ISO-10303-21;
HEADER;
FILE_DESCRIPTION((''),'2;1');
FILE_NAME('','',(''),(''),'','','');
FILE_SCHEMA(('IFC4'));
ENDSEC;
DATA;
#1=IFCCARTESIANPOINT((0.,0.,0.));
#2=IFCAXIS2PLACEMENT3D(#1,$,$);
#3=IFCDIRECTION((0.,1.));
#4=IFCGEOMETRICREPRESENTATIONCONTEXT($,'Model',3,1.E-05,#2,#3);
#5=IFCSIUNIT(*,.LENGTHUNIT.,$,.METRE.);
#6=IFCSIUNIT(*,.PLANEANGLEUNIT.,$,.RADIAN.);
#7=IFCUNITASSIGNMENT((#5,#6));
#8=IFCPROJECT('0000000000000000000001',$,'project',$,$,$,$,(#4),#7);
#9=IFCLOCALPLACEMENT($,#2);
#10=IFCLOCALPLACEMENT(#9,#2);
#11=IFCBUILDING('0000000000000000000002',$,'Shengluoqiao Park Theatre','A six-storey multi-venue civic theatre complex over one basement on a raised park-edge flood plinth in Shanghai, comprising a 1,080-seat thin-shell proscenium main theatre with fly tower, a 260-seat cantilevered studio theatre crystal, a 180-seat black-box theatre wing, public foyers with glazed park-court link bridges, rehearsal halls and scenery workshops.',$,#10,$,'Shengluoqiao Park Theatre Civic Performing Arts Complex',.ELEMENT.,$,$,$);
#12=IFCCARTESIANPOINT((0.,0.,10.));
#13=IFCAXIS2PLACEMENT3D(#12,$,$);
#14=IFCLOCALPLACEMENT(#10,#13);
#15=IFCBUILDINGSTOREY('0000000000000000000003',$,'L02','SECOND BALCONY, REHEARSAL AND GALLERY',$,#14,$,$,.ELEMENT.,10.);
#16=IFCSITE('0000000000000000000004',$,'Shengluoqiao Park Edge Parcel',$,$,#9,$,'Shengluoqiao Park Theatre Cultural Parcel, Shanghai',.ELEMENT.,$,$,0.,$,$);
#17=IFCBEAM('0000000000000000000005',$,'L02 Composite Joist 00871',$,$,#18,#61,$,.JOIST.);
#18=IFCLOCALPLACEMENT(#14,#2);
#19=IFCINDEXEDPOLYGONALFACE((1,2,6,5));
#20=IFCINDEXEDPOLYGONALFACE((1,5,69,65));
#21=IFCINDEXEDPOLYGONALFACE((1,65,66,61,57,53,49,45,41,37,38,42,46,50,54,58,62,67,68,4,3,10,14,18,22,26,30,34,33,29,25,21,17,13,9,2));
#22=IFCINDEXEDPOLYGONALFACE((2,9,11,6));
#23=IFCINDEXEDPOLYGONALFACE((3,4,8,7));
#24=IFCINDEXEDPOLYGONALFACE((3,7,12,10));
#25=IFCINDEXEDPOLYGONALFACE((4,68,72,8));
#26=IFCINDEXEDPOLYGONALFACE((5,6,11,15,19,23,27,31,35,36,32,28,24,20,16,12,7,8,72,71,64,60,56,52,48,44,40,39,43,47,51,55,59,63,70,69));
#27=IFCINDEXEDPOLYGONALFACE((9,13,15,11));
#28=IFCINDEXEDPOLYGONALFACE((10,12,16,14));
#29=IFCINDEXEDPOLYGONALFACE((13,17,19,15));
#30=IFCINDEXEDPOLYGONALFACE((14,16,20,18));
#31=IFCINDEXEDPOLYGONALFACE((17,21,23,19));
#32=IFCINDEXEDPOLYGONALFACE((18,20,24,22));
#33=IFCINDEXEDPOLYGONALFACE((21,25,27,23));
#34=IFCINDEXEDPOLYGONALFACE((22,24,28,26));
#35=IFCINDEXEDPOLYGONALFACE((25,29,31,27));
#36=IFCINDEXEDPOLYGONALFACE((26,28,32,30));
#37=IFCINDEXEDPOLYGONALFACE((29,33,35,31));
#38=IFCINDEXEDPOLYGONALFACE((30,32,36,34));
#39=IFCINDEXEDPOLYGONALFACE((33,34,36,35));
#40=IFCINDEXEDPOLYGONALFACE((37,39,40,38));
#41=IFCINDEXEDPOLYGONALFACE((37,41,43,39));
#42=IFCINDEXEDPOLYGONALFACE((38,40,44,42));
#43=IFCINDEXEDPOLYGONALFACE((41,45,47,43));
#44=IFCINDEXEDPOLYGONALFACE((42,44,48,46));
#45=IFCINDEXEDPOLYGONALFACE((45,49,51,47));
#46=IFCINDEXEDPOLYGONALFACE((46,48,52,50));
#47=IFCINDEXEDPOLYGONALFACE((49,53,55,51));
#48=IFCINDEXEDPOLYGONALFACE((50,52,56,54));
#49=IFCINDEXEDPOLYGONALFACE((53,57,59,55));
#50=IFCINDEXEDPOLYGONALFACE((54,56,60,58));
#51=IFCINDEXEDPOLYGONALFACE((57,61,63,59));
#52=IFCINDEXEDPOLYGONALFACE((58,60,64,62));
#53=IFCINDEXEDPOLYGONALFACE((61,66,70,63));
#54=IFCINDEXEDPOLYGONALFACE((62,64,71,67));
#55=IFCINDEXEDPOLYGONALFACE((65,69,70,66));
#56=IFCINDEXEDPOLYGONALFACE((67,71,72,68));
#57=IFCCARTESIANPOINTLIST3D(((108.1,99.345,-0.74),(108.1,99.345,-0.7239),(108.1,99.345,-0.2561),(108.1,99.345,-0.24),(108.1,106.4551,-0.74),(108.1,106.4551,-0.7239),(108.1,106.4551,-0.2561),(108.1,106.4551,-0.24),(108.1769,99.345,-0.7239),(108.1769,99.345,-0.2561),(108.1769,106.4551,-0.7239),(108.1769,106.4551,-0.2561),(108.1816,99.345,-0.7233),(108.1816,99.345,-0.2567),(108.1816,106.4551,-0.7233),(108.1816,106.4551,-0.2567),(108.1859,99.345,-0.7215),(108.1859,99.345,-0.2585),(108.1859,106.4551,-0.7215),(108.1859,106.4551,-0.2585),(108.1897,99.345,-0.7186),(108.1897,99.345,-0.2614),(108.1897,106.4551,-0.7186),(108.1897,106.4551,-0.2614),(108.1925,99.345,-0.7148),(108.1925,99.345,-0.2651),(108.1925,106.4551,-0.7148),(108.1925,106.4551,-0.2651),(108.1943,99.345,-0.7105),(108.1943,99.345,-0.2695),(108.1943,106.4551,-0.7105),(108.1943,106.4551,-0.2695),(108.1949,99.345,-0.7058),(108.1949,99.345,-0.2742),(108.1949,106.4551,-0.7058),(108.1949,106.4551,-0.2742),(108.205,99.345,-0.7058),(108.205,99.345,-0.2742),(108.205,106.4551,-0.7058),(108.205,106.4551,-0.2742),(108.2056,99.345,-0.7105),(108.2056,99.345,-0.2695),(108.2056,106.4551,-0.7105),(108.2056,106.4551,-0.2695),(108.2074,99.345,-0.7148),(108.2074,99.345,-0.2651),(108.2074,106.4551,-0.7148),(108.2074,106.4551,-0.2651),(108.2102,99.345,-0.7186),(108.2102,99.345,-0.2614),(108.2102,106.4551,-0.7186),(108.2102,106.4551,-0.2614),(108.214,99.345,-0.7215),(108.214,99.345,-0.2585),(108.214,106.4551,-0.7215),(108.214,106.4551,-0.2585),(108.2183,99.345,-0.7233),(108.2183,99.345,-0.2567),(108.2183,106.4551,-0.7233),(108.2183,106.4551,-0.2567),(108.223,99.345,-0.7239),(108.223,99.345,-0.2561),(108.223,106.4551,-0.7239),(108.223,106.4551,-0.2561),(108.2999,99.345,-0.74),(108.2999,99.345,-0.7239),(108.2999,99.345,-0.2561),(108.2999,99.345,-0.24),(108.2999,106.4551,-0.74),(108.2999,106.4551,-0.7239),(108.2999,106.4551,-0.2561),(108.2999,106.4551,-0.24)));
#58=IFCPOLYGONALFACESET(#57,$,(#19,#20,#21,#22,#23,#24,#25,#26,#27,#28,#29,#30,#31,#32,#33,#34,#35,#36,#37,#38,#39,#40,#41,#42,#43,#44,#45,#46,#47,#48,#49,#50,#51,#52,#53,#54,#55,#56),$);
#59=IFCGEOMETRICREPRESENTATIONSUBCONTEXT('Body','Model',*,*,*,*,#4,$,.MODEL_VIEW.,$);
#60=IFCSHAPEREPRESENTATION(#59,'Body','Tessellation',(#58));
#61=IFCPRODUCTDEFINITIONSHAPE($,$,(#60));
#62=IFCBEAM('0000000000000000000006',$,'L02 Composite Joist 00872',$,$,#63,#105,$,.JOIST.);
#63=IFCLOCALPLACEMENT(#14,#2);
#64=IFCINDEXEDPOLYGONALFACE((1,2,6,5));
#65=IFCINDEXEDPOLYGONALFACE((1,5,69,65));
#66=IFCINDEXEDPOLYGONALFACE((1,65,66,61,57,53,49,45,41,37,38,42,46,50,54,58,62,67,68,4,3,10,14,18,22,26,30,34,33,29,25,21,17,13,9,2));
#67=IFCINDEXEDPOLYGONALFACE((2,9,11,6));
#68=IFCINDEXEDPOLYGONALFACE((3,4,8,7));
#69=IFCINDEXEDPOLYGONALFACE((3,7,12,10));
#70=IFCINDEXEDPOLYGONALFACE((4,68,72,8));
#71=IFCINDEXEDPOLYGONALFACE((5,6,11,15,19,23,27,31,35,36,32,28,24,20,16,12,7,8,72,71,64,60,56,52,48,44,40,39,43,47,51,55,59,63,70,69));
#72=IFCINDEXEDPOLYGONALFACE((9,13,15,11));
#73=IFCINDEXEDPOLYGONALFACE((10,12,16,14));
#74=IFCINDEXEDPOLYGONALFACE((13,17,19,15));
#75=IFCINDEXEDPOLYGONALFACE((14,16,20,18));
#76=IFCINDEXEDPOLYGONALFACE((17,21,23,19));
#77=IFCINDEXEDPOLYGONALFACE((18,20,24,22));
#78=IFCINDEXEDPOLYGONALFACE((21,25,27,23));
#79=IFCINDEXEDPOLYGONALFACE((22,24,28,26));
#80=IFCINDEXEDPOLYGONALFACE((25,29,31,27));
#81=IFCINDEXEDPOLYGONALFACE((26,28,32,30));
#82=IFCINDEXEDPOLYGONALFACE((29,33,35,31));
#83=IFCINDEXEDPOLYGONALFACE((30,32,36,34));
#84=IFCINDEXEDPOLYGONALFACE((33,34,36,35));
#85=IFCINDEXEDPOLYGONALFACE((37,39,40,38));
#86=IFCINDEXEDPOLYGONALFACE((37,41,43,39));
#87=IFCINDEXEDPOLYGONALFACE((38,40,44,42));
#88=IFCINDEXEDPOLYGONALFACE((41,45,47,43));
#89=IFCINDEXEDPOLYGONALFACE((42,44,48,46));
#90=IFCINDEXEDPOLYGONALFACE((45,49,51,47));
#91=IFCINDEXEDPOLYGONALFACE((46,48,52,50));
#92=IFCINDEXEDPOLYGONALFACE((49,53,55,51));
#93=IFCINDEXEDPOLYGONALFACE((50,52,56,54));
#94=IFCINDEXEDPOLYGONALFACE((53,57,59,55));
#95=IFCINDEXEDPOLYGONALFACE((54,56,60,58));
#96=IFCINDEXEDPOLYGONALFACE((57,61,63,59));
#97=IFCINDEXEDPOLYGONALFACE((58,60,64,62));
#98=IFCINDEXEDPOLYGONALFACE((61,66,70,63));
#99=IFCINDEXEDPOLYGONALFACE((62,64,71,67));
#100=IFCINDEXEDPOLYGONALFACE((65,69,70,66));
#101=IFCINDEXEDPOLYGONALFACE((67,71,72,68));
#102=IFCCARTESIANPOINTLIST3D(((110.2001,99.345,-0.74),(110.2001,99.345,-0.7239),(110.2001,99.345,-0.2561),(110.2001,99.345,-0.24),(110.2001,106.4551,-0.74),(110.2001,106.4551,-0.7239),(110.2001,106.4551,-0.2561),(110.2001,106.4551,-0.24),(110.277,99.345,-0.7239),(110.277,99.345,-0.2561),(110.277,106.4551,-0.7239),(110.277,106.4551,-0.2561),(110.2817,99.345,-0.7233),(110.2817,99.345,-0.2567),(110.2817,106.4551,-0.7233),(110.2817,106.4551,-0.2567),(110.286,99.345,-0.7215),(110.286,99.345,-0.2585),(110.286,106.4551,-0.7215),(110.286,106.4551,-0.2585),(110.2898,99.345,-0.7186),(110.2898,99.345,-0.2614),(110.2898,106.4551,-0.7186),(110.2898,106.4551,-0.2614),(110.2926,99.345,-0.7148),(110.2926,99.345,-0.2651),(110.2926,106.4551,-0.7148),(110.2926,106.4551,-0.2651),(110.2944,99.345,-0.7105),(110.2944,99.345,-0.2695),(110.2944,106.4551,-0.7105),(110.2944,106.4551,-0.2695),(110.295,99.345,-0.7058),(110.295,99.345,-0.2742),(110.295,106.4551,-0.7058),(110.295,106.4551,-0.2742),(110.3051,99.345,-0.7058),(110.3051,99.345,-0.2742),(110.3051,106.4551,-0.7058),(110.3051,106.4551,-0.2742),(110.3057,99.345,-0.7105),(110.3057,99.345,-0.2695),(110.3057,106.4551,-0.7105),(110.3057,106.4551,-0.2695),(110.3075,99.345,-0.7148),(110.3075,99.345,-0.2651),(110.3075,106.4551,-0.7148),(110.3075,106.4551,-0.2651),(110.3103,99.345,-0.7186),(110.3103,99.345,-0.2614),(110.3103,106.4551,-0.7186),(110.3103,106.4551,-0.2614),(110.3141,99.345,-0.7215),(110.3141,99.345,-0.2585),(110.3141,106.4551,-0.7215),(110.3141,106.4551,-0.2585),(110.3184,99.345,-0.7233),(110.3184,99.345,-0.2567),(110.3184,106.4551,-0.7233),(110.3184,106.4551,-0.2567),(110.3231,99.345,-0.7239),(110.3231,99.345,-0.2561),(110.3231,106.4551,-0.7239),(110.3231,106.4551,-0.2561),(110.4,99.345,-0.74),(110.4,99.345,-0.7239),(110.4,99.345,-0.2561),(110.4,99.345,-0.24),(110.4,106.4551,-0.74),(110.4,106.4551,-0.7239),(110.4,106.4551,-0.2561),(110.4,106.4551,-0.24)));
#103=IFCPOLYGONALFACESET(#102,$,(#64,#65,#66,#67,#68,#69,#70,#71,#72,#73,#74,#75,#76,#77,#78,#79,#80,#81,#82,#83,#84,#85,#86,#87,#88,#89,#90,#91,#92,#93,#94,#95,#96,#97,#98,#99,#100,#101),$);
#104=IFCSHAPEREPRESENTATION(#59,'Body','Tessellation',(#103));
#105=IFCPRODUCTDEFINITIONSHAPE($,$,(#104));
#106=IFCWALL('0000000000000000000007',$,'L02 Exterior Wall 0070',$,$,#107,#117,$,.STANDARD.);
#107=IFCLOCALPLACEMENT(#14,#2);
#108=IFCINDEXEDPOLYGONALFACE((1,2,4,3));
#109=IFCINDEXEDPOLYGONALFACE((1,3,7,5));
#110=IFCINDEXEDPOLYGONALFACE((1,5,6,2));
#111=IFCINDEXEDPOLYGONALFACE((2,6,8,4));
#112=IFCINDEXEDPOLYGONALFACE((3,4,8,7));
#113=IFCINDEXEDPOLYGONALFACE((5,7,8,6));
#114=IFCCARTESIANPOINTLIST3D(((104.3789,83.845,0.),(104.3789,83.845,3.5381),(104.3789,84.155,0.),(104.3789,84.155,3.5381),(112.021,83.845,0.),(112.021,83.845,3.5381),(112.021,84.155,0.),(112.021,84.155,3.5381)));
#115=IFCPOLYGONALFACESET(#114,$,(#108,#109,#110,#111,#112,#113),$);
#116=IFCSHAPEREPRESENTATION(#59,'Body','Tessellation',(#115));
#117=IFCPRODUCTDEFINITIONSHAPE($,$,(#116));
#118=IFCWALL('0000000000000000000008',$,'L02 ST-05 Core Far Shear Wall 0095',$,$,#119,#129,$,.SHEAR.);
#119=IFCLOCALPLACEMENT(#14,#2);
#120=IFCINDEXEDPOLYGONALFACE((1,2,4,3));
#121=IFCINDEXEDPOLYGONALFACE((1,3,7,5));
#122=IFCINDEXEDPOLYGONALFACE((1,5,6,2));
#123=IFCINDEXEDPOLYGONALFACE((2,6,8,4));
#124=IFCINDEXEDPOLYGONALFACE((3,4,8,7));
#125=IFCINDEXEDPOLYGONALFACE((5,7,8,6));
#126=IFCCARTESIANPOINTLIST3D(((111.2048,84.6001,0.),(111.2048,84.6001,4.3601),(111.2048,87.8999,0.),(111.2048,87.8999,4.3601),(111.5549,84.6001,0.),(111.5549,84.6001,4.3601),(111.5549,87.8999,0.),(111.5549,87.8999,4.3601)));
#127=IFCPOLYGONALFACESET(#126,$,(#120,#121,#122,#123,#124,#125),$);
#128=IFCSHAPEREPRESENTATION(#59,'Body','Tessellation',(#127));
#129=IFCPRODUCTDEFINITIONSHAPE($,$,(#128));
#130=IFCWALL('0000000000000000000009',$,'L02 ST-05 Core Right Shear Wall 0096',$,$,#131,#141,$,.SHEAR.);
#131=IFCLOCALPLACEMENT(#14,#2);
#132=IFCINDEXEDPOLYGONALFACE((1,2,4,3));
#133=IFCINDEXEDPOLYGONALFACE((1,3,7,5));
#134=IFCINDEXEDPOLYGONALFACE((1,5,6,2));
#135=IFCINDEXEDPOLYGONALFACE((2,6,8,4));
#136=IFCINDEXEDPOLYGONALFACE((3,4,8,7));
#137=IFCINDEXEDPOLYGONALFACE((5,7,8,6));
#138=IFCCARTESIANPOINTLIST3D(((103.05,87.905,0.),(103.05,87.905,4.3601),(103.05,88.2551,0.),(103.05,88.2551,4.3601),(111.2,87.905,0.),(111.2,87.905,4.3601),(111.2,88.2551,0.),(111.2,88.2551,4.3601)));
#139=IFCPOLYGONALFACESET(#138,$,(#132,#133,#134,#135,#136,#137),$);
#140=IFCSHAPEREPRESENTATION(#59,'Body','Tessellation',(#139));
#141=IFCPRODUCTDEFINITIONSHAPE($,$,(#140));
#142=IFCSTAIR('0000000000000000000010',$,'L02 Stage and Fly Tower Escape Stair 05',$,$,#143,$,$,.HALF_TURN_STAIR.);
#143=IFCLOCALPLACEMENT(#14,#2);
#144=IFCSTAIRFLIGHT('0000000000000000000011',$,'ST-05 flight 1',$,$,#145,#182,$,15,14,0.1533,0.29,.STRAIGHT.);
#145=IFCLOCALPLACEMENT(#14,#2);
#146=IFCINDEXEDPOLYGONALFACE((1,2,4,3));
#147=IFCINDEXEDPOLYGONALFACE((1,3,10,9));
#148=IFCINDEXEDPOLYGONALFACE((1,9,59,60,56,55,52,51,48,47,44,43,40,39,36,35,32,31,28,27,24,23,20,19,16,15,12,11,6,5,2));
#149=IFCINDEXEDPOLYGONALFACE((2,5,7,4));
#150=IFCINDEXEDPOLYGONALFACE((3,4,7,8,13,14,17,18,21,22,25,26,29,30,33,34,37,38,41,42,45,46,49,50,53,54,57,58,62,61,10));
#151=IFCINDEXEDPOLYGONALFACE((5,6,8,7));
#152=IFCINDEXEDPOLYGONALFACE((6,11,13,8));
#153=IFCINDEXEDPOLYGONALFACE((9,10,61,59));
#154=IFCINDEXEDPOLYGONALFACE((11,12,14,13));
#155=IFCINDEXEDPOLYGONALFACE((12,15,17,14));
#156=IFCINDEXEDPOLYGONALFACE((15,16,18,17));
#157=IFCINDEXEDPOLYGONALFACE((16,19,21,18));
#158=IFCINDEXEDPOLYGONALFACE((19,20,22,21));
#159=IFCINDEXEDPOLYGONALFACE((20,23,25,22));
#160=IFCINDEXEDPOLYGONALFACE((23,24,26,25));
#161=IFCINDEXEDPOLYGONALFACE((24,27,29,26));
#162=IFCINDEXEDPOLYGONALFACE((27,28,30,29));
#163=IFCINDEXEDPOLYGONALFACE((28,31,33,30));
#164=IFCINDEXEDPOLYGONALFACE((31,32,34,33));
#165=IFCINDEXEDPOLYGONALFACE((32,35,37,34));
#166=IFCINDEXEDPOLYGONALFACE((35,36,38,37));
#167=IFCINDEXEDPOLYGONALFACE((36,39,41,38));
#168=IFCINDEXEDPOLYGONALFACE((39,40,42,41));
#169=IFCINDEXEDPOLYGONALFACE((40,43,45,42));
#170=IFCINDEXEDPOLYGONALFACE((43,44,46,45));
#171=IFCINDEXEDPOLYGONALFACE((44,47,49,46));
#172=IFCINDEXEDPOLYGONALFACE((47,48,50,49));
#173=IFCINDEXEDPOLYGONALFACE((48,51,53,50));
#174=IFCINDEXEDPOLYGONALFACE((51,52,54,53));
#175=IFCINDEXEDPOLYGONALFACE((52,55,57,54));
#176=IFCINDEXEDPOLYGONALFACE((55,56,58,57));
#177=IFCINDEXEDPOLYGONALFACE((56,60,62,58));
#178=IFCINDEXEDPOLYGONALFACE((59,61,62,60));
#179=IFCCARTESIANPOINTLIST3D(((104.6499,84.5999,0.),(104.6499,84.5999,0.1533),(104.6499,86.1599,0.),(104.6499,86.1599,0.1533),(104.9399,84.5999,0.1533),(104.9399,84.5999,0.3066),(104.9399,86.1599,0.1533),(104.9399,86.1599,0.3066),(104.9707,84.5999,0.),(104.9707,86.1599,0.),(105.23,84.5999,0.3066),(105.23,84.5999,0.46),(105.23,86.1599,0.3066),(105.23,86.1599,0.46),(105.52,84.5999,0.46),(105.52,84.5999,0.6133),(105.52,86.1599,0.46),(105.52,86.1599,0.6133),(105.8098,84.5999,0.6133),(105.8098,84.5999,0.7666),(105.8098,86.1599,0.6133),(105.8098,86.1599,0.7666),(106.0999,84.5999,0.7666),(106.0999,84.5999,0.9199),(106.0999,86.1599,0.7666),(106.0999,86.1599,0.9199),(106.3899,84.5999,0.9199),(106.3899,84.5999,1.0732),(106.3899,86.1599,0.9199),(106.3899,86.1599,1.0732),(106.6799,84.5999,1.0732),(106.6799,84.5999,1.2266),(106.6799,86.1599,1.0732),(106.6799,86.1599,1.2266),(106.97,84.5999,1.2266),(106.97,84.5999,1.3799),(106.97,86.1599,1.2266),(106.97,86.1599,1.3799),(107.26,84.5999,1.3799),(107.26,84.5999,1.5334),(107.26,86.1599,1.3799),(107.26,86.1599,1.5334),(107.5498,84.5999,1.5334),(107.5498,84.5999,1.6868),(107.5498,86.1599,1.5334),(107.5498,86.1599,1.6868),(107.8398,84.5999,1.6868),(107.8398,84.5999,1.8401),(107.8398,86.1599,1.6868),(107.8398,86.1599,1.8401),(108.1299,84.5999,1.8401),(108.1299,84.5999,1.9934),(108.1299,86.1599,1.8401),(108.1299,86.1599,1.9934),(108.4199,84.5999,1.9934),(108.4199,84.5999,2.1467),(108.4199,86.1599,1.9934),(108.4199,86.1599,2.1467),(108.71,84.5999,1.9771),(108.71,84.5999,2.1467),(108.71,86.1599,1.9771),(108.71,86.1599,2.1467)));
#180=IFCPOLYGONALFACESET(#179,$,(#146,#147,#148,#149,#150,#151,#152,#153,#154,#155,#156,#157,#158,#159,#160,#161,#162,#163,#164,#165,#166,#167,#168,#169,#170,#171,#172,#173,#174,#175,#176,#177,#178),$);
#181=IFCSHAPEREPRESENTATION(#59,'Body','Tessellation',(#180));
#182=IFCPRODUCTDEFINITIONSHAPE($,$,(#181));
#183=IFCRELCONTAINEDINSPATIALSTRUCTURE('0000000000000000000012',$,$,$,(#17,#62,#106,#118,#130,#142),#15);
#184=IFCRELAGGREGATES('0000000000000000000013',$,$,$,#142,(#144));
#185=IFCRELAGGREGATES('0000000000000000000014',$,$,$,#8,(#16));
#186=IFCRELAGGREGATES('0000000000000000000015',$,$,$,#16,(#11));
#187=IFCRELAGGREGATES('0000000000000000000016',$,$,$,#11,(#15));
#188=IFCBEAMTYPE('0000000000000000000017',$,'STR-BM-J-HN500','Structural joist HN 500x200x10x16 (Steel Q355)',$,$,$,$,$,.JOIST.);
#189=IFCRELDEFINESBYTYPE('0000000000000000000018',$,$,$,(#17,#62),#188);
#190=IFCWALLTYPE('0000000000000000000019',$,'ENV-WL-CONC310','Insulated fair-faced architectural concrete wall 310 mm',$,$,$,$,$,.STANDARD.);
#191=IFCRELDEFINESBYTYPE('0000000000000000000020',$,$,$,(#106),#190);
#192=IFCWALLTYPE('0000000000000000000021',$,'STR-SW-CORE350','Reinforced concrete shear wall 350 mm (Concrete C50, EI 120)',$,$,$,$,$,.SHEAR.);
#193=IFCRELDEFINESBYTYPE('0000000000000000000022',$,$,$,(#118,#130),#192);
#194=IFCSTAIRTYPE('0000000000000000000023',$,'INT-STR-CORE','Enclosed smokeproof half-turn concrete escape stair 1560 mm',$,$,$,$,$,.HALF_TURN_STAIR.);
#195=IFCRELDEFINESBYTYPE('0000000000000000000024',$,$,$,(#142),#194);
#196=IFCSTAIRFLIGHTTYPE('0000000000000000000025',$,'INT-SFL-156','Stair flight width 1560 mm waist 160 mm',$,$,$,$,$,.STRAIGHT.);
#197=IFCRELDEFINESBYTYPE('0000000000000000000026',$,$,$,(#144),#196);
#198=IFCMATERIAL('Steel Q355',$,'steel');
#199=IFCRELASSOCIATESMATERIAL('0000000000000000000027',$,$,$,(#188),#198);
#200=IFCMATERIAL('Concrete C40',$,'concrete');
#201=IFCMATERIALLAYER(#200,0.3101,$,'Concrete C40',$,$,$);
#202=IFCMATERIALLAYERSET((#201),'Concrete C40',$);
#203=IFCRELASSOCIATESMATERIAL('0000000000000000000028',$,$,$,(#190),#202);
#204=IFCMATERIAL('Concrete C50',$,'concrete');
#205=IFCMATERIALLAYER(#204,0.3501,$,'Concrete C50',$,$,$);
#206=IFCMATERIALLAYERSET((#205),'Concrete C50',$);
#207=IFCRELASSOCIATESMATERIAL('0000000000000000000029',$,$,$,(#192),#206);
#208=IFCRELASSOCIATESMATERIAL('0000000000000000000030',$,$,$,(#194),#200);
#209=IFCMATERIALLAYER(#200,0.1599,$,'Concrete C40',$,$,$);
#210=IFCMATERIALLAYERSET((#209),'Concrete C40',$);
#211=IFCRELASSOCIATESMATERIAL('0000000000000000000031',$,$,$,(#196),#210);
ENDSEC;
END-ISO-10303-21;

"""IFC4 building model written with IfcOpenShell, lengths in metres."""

from ifc_helpers import new_model, si_unit, direction, frame, frame_2d, origin, origin_2d, place, context, subcontext, project, spatial, polyline, rectangle, i_section, outline, extrude, material, layer, layer_set, material_profile, profile_set, type_object, element, aggregate, save


model = new_model("IFC4")

# Units and contexts
model_context = context("Model", 3, precision=1e-05, world=origin(), true_north=direction((0.0, 1.0)))
body_context = subcontext(model_context, "Body", "Model", "MODEL_VIEW")
ifc_project = project(units=[si_unit("LENGTHUNIT", "METRE"), si_unit("PLANEANGLEUNIT", "RADIAN")], contexts=[model_context])

# Site, building, storey
site_placement = place(None, origin())
site = spatial("IfcSite", under=ifc_project, at=site_placement, Name="Shengluoqiao Park Edge Parcel", LongName="Shengluoqiao Park Theatre Cultural Parcel, Shanghai", CompositionType="ELEMENT", RefElevation=0.0)
building_placement = place(site_placement, origin())
building = spatial("IfcBuilding", under=site, at=building_placement, Name="Shengluoqiao Park Theatre", Description="A six-storey multi-venue civic theatre complex over one basement on a raised park-edge flood plinth in Shanghai, comprising a 1,080-seat thin-shell proscenium main theatre with fly tower, a 260-seat cantilevered studio theatre crystal, a 180-seat black-box theatre wing, public foyers with glazed park-court link bridges, rehearsal halls and scenery workshops.", LongName="Shengluoqiao Park Theatre Civic Performing Arts Complex", CompositionType="ELEMENT")
storey_placement = place(building_placement, frame((0.0, 0.0, 10.0)))
storey = spatial("IfcBuildingStorey", under=building, at=storey_placement, Name="L02", Description="SECOND BALCONY, REHEARSAL AND GALLERY", CompositionType="ELEMENT", Elevation=10.0)

# Beams
ifc_material_1 = material(Name="Steel Q355", Category="steel")
ifc_material_profile_1 = material_profile(ifc_material_1, i_section(OverallWidth=0.2, OverallDepth=0.5, WebThickness=0.01, FlangeThickness=0.0161, FilletRadius=0.0181, at=origin_2d()), Name="HN 500x200x10x16")
ifc_profile_set_1 = profile_set([ifc_material_profile_1], Name="Steel Q355")
beam_type_1 = type_object("IfcBeamType", Name="STR-BM-J-HN500", Description="Structural joist HN 500x200x10x16 (Steel Q355)", PredefinedType="JOIST", material=ifc_profile_set_1)
for number, where, z_axis, x_axis, name in (
    (1, (108.2, 99.345, -0.49), (0.0, 1.0, 0.0), (-1.0, 0.0, 0.0), "L02 Composite Joist 00871"),
    (2, (110.3, 99.345, -0.49), (0.0, 1.0, 0.0), (-1.0, 0.0, 0.0), "L02 Composite Joist 00872"),
):
    element("IfcBeam", number, at=place(storey_placement, frame(where, z_axis=z_axis, x_axis=x_axis)), inside=storey, type_object=beam_type_1, Name=name, PredefinedType="JOIST", context=body_context, shape_type="SweptSolid", body=[
        extrude(i_section(OverallWidth=0.2, OverallDepth=0.5, WebThickness=0.01, FlangeThickness=0.0161, FilletRadius=0.0181, at=origin_2d()), origin(), (0.0, 0.0, 1.0), 7.1101),
    ])

# Walls
ifc_material_2 = material(Name="Concrete C40", Category="concrete")
ifc_layer_1 = layer(ifc_material_2, 0.3101, Name="Concrete C40")
ifc_layer_set_1 = layer_set([ifc_layer_1], Name="Concrete C40")
wall_type_1 = type_object("IfcWallType", Name="ENV-WL-CONC310", Description="Insulated fair-faced architectural concrete wall 310 mm", PredefinedType="STANDARD", material=ifc_layer_set_1)
wall_1_placement = place(storey_placement, frame((104.3789, 84.0, 0.0), z_axis=(0.0, 0.0, 1.0), x_axis=(1.0, 0.0, 0.0)))
element("IfcWall", 3, at=wall_1_placement, inside=storey, type_object=wall_type_1, Name="L02 Exterior Wall 0070", PredefinedType="STANDARD", context=body_context, shape_type="SweptSolid", body=[
    extrude(rectangle(XDim=7.6421, YDim=0.3101, at=frame_2d((3.821, 0.0))), origin(), (0.0, 0.0, 1.0), 3.5381),
])
ifc_material_3 = material(Name="Concrete C50", Category="concrete")
ifc_layer_2 = layer(ifc_material_3, 0.3501, Name="Concrete C50")
ifc_layer_set_2 = layer_set([ifc_layer_2], Name="Concrete C50")
wall_type_2 = type_object("IfcWallType", Name="STR-SW-CORE350", Description="Reinforced concrete shear wall 350 mm (Concrete C50, EI 120)", PredefinedType="SHEAR", material=ifc_layer_set_2)
wall_2_placement = place(storey_placement, frame((111.3799, 84.6001, 0.0), z_axis=(0.0, 0.0, 1.0), x_axis=(0.0, 1.0, 0.0)))
element("IfcWall", 4, at=wall_2_placement, inside=storey, type_object=wall_type_2, Name="L02 ST-05 Core Far Shear Wall 0095", PredefinedType="SHEAR", context=body_context, shape_type="SweptSolid", body=[
    extrude(rectangle(XDim=3.2998, YDim=0.3501, at=frame_2d((1.6499, 0.0))), origin(), (0.0, 0.0, 1.0), 4.3601),
])
wall_3_placement = place(storey_placement, frame((111.2, 88.0801, 0.0), z_axis=(0.0, 0.0, 1.0), x_axis=(-1.0, 0.0, 0.0)))
element("IfcWall", 5, at=wall_3_placement, inside=storey, type_object=wall_type_2, Name="L02 ST-05 Core Right Shear Wall 0096", PredefinedType="SHEAR", context=body_context, shape_type="SweptSolid", body=[
    extrude(rectangle(XDim=8.1499, YDim=0.3501, at=frame_2d((4.075, 0.0))), origin(), (0.0, 0.0, 1.0), 4.3601),
])

# Stair, stair flight
stair_type = type_object("IfcStairType", Name="INT-STR-CORE", Description="Enclosed smokeproof half-turn concrete escape stair 1560 mm", PredefinedType="HALF_TURN_STAIR", material=ifc_material_2)
stair_placement = place(storey_placement, origin())
stair = element("IfcStair", 6, at=stair_placement, inside=storey, type_object=stair_type, Name="L02 Stage and Fly Tower Escape Stair 05", PredefinedType="HALF_TURN_STAIR")
ifc_layer_3 = layer(ifc_material_2, 0.1599, Name="Concrete C40")
ifc_layer_set_3 = layer_set([ifc_layer_3], Name="Concrete C40")
stair_flight_type = type_object("IfcStairFlightType", Name="INT-SFL-156", Description="Stair flight width 1560 mm waist 160 mm", PredefinedType="STRAIGHT", material=ifc_layer_set_3)
stair_flight_1_placement = place(storey_placement, frame((104.6499, 85.3799, 0.0), z_axis=(0.0, 0.0, 1.0), x_axis=(1.0, 0.0, 0.0)))
stair_flight_1 = element("IfcStairFlight", 7, at=stair_flight_1_placement, type_object=stair_flight_type, Name="ST-05 flight 1", NumberOfRisers=15, NumberOfTreads=14, PredefinedType="STRAIGHT", RiserHeight=0.1533, TreadLength=0.29, context=body_context, shape_type="SweptSolid", body=[
    extrude(outline(polyline([(0.0, 0.0), (0.0, 0.1533), (0.29, 0.1533), (0.29, 0.3066), (0.5801, 0.3066), (0.5801, 0.46), (0.8701, 0.46), (0.8701, 0.6133), (1.1599, 0.6133), (1.1599, 0.7666), (1.45, 0.7666), (1.45, 0.9199), (1.74, 0.9199), (1.74, 1.0732), (2.03, 1.0732), (2.03, 1.2266), (2.3201, 1.2266), (2.3201, 1.3799), (2.6101, 1.3799), (2.6101, 1.5334), (2.8999, 1.5334), (2.8999, 1.6868), (3.1899, 1.6868), (3.1899, 1.8401), (3.48, 1.8401), (3.48, 1.9934), (3.77, 1.9934), (3.77, 2.1467), (4.0601, 2.1467), (4.0601, 2.3), (4.0601, 1.9771), (0.3208, 0.0), (0.0, 0.0)])), frame((0.0, 0.78, 0.0), z_axis=(0.0, -1.0, 0.0), x_axis=(1.0, 0.0, 0.0)), (0.0, 0.0, 1.0), 1.5601),
])
aggregate(stair, [stair_flight_1])

save(model, "model.ifc")
